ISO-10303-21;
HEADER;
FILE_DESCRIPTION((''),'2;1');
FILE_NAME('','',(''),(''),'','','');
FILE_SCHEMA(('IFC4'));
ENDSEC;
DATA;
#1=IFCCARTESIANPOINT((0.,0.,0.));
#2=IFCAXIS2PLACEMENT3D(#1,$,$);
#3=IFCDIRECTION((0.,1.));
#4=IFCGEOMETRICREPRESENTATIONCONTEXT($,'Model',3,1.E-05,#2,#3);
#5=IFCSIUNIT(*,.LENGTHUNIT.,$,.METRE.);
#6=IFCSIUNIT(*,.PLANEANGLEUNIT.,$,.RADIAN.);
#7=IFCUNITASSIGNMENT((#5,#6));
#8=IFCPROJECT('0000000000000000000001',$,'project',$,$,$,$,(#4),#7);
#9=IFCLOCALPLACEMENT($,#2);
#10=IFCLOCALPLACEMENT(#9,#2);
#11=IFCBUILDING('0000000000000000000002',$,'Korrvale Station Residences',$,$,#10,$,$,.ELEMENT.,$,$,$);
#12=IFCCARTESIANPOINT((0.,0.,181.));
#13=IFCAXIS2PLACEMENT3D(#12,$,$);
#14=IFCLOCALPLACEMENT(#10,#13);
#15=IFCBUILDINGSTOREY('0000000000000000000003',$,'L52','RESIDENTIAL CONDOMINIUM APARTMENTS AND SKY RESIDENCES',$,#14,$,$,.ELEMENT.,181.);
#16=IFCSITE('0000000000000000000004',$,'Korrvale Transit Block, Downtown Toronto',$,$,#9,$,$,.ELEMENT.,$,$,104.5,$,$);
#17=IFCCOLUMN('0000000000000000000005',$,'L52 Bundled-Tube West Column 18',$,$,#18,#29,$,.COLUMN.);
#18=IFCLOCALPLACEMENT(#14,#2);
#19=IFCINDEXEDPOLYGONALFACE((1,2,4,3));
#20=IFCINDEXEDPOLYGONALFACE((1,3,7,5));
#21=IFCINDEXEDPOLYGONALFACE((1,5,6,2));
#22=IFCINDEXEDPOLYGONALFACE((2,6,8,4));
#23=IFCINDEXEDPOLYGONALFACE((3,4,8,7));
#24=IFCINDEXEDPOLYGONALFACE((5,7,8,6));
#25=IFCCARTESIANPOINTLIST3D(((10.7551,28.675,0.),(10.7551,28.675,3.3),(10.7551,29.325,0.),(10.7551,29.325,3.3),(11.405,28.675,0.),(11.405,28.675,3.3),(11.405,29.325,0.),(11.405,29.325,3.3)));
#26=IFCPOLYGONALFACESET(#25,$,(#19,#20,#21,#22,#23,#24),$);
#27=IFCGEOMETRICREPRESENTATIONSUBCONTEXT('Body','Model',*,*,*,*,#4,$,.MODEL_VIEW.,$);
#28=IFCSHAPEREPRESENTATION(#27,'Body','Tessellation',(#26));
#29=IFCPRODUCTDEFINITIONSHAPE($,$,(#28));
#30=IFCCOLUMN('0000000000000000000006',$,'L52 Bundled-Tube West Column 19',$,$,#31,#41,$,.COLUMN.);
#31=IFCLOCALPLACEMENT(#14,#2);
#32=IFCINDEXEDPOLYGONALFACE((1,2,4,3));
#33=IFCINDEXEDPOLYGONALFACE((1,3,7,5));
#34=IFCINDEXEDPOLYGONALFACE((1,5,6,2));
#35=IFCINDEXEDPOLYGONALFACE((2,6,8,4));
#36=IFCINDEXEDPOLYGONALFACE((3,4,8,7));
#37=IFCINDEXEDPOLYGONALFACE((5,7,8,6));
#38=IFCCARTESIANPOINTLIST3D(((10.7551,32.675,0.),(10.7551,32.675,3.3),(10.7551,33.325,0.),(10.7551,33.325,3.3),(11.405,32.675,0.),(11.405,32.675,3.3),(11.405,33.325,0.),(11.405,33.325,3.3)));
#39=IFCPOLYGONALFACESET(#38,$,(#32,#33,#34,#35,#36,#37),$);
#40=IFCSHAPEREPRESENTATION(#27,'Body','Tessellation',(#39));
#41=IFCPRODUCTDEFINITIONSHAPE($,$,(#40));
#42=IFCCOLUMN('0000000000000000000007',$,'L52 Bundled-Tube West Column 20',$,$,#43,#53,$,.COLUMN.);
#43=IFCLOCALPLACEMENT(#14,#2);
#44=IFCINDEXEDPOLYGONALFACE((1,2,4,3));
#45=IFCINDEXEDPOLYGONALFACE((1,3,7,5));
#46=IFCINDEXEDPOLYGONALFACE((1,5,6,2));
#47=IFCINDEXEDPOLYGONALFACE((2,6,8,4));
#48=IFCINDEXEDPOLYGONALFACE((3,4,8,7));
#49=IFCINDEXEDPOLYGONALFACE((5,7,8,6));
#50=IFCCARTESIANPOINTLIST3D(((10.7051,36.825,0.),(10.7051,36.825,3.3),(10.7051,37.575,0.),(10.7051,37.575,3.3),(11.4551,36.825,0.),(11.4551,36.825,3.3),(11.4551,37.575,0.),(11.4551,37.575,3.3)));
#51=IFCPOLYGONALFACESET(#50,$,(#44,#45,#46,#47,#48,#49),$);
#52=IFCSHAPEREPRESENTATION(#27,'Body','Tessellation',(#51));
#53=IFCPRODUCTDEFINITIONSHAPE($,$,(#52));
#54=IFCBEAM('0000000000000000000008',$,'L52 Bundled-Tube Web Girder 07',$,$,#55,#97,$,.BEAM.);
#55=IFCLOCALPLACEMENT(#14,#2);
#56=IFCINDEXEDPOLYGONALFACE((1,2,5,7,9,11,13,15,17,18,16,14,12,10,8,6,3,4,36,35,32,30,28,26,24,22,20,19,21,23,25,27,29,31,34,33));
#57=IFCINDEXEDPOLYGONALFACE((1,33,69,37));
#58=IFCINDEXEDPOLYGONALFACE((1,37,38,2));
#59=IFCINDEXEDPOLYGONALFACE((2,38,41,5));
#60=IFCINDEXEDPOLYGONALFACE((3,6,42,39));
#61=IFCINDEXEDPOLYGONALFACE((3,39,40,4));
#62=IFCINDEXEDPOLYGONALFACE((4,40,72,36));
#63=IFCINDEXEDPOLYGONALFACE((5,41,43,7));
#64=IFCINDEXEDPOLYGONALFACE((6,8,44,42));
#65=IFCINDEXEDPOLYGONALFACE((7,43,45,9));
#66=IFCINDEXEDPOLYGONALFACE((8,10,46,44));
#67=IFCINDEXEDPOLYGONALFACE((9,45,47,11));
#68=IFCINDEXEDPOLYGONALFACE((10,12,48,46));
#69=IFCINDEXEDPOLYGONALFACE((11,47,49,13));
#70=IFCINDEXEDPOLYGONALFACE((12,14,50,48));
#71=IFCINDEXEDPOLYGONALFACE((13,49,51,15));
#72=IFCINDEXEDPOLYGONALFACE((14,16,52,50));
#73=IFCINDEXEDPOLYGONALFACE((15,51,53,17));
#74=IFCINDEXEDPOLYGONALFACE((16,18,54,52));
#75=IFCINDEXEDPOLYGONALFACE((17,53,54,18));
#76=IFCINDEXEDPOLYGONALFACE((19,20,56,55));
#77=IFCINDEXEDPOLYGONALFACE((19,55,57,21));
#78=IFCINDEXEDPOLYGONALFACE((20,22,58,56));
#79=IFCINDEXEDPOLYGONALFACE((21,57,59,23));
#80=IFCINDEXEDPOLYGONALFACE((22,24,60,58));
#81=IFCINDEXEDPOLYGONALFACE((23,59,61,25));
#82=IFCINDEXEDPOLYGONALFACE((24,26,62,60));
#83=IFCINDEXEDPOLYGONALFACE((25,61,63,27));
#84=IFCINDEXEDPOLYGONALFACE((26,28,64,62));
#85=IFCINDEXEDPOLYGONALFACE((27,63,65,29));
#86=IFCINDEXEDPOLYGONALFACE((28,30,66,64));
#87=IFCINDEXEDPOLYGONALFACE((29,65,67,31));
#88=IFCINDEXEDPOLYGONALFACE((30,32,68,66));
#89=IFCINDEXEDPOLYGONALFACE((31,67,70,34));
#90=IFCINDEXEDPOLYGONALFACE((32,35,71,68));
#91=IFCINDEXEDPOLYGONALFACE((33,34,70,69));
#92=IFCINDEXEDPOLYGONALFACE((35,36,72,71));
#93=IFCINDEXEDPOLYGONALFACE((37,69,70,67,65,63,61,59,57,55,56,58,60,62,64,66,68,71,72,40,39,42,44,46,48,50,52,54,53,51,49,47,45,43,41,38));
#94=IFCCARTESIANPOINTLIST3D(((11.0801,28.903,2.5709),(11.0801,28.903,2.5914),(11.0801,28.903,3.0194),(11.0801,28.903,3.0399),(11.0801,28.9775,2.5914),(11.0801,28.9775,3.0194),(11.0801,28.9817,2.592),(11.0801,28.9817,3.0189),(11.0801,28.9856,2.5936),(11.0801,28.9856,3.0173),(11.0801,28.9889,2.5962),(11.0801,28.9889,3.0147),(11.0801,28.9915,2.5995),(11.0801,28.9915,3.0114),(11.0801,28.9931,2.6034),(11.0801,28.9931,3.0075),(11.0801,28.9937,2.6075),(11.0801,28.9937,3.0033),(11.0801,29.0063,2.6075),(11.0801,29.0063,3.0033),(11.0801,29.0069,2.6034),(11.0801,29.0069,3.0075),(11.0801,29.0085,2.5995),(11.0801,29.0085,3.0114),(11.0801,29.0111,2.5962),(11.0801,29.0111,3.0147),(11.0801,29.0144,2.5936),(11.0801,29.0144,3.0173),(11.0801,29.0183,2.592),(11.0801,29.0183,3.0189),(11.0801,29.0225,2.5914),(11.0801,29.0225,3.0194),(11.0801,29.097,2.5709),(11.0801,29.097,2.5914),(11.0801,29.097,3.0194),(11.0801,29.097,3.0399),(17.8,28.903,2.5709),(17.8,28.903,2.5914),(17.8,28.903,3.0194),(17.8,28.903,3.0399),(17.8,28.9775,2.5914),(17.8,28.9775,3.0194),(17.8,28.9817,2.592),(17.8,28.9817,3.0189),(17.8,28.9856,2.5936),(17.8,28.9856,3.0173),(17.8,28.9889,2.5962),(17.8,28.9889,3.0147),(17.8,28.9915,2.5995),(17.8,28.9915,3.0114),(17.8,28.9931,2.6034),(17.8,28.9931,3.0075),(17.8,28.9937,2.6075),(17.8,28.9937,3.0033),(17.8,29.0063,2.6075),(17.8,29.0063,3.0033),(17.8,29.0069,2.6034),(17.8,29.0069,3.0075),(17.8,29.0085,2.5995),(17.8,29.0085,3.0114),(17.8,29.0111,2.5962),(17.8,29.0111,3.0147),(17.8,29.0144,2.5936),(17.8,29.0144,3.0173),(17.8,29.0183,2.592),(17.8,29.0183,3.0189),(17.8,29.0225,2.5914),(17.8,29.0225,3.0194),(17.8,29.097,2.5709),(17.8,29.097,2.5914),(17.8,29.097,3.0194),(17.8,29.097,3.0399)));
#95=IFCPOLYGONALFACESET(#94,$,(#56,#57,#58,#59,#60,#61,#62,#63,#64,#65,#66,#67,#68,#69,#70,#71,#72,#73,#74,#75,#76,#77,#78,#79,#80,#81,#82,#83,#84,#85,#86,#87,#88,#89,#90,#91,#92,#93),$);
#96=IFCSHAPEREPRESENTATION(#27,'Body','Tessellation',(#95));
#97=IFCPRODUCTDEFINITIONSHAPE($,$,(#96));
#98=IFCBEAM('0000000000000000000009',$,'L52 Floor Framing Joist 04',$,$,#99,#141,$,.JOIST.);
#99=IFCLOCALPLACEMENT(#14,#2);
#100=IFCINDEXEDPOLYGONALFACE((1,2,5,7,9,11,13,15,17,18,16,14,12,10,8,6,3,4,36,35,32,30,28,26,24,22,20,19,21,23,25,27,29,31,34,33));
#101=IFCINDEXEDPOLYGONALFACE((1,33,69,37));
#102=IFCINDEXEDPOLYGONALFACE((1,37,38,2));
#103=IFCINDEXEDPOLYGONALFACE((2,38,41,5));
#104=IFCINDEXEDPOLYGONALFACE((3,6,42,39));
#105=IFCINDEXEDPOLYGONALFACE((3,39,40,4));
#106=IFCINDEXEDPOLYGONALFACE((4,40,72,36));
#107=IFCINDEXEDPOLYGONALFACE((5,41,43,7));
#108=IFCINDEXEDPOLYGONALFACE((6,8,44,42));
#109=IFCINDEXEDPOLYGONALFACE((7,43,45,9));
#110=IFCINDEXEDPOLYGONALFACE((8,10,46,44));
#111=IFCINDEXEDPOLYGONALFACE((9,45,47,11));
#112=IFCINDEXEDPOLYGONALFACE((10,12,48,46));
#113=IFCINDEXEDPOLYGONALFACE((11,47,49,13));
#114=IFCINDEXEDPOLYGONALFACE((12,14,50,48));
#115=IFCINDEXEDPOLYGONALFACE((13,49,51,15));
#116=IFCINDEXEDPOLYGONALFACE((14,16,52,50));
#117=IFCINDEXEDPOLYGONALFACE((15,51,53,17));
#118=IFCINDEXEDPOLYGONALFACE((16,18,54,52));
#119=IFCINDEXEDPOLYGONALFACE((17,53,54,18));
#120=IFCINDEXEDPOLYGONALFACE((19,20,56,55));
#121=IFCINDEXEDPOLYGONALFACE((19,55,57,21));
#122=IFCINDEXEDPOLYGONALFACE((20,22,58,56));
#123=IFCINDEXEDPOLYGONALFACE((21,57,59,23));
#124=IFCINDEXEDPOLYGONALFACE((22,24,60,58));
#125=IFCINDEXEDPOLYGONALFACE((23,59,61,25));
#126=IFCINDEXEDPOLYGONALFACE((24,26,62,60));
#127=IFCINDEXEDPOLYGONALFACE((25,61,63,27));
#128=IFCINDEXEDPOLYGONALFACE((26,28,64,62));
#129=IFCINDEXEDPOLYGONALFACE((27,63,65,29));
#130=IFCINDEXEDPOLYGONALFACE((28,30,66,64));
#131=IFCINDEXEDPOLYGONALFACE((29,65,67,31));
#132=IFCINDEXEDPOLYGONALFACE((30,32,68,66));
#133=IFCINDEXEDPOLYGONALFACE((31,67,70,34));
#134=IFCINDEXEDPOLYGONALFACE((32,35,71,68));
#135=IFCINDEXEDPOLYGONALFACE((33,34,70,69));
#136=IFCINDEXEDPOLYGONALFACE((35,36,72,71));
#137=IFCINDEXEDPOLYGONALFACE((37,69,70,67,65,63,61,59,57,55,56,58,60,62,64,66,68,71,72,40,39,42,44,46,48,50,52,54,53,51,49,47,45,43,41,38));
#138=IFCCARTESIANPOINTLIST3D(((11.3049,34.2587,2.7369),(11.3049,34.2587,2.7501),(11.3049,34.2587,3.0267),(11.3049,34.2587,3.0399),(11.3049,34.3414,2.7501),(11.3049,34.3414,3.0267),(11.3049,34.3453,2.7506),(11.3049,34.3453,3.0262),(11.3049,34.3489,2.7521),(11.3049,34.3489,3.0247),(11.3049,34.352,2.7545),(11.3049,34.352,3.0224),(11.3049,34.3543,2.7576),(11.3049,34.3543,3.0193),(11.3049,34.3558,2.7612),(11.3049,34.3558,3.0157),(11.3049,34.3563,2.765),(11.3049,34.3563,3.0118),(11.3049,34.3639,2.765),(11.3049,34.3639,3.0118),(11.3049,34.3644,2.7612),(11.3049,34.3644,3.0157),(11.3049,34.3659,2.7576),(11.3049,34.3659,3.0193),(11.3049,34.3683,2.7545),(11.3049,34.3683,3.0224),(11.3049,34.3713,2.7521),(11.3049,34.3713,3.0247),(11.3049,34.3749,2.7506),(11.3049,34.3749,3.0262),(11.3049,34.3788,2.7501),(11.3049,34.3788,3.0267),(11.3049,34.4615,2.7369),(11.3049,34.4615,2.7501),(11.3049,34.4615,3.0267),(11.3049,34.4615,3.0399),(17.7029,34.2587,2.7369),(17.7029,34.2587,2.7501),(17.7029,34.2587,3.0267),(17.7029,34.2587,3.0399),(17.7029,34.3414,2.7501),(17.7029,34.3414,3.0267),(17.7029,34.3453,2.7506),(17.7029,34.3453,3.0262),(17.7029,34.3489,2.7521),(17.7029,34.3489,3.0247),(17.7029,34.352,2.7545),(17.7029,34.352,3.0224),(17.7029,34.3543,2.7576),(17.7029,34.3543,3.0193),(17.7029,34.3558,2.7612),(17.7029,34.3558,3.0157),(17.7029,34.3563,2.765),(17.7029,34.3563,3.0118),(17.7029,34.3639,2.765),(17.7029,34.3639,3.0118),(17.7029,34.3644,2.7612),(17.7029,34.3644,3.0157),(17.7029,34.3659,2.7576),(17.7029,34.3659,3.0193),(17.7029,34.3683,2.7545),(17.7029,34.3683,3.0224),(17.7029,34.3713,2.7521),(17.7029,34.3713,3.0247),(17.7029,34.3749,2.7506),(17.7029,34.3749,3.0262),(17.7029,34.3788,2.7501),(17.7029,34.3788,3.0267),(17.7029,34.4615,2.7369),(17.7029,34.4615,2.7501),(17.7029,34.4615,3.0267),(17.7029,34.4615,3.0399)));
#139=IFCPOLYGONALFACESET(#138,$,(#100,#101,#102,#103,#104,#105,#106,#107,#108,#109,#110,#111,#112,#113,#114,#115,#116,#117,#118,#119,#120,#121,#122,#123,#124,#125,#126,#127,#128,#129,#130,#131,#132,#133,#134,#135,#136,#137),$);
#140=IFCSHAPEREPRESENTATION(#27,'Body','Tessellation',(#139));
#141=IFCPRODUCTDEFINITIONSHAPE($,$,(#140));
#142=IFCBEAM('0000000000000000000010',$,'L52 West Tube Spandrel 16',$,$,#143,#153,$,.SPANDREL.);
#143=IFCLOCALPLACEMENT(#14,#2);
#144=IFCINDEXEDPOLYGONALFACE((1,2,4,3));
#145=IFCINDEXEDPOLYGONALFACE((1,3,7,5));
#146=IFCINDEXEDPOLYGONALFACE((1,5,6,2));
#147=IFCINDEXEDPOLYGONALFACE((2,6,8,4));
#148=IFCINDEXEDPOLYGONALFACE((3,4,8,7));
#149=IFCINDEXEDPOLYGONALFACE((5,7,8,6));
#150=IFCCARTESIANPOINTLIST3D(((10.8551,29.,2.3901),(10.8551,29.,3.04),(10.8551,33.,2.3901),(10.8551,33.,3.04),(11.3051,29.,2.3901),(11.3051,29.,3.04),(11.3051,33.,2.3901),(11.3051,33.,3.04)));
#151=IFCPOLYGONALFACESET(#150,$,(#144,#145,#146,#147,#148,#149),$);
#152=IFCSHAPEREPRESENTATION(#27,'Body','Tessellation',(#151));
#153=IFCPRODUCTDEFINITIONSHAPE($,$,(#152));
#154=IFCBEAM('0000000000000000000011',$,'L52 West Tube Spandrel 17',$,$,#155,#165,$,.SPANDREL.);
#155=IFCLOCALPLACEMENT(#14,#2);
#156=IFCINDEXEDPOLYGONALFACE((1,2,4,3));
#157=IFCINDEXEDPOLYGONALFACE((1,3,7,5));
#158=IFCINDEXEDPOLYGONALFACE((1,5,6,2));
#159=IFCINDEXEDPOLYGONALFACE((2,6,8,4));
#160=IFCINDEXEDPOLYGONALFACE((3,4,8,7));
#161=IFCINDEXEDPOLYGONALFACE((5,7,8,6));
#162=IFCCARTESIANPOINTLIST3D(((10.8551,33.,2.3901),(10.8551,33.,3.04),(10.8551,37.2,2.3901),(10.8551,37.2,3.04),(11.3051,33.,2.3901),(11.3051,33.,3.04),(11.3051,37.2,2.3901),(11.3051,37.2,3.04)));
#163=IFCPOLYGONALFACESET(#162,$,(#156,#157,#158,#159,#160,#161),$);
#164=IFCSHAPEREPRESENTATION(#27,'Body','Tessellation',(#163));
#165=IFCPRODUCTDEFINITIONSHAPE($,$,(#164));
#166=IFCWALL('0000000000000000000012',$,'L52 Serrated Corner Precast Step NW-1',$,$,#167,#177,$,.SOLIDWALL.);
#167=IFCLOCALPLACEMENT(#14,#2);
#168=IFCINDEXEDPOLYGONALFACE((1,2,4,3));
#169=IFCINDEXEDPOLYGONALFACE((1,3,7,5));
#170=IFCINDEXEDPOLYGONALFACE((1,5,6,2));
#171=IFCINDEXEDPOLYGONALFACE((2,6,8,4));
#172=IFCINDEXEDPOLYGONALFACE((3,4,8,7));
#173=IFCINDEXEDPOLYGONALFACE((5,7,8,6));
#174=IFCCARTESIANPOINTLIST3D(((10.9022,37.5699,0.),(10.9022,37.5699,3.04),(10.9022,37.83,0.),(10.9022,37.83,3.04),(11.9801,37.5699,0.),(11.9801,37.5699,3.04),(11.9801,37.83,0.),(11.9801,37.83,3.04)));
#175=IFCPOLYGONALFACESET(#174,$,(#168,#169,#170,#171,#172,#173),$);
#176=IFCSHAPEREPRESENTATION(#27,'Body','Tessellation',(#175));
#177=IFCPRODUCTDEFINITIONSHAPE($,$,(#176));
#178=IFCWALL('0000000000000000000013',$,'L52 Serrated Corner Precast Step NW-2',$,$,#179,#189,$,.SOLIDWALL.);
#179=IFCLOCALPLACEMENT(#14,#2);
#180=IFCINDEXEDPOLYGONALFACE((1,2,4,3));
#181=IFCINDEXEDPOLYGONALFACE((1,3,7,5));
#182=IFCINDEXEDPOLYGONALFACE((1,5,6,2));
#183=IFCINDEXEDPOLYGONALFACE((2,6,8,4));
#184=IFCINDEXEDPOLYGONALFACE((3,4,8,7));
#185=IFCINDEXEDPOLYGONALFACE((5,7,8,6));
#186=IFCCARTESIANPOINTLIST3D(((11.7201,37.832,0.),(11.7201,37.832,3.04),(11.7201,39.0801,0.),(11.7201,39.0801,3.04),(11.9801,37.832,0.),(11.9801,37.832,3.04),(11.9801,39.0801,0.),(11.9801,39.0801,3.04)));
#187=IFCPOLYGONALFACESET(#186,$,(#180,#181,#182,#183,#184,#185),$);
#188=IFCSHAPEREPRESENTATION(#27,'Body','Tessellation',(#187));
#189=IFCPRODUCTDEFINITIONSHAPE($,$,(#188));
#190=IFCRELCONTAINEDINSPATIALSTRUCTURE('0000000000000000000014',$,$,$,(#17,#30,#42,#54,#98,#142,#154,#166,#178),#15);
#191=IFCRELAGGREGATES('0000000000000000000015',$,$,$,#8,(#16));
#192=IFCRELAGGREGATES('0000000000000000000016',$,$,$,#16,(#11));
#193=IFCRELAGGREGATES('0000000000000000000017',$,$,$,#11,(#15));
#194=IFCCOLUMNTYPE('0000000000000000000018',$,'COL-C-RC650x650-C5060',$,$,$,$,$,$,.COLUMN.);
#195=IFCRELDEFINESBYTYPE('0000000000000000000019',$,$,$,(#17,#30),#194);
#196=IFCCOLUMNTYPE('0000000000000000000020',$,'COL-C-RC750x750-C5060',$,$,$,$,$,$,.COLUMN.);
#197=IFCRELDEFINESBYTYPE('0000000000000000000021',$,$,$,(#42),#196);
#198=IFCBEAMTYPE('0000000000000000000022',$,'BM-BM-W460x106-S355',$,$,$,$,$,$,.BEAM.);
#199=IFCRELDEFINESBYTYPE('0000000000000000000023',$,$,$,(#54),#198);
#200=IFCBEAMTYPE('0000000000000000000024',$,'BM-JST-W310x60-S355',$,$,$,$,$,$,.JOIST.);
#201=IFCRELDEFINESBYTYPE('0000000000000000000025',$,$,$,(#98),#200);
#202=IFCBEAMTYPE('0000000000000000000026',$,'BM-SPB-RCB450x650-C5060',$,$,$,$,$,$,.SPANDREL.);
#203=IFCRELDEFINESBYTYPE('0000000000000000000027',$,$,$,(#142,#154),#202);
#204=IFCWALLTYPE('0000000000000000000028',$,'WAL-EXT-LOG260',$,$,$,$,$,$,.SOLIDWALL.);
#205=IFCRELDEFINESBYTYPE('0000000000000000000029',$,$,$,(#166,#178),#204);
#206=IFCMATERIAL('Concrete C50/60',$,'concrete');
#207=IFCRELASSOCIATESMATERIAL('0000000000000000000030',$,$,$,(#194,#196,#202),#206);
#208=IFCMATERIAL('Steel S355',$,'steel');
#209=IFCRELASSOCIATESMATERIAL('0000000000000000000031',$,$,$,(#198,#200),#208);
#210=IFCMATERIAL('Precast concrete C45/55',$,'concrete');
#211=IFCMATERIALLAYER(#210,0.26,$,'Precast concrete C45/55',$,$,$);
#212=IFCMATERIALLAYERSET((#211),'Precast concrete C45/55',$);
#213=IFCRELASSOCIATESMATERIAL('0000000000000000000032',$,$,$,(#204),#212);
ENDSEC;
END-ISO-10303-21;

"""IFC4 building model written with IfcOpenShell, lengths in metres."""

from ifc_helpers import new_model, si_unit, direction, frame, frame_2d, origin, origin_2d, place, context, subcontext, project, spatial, rectangle, i_section, extrude, material, layer, layer_set, material_profile, profile_set, type_object, element, save


model = new_model("IFC4")

# Units and contexts
model_context = context("Model", 3, precision=1e-05, world=origin(), true_north=direction((0.0, 1.0)))
body_context = subcontext(model_context, "Body", "Model", "MODEL_VIEW")
ifc_project = project(units=[si_unit("LENGTHUNIT", "METRE"), si_unit("PLANEANGLEUNIT", "RADIAN")], contexts=[model_context])

# Site, building, storey
site_placement = place(None, origin())
site = spatial("IfcSite", under=ifc_project, at=site_placement, Name="Korrvale Transit Block, Downtown Toronto", CompositionType="ELEMENT", RefElevation=104.5)
building_placement = place(site_placement, origin())
building = spatial("IfcBuilding", under=site, at=building_placement, Name="Korrvale Station Residences", CompositionType="ELEMENT")
storey_placement = place(building_placement, frame((0.0, 0.0, 181.0)))
storey = spatial("IfcBuildingStorey", under=building, at=storey_placement, Name="L52", Description="RESIDENTIAL CONDOMINIUM APARTMENTS AND SKY RESIDENCES", CompositionType="ELEMENT", Elevation=181.0)

# Columns
ifc_material_1 = material(Name="Concrete C50/60", Category="concrete")
ifc_material_profile_1 = material_profile(ifc_material_1, rectangle(XDim=0.6499, YDim=0.6499, at=origin_2d()), Name="RC650x650")
ifc_profile_set_1 = profile_set([ifc_material_profile_1], Name="Concrete C50/60")
column_type_1 = type_object("IfcColumnType", Name="COL-C-RC650x650-C5060", PredefinedType="COLUMN", material=ifc_profile_set_1)
for number, where, z_axis, x_axis, name in (
    (1, (11.0801, 29.0, 0.0), (0.0, 0.0, 1.0), (1.0, 0.0, 0.0), "L52 Bundled-Tube West Column 18"),
    (2, (11.0801, 33.0, 0.0), (0.0, 0.0, 1.0), (1.0, 0.0, 0.0), "L52 Bundled-Tube West Column 19"),
):
    element("IfcColumn", number, at=place(storey_placement, frame(where, z_axis=z_axis, x_axis=x_axis)), inside=storey, type_object=column_type_1, Name=name, PredefinedType="COLUMN", context=body_context, shape_type="SweptSolid", body=[
        extrude(rectangle(XDim=0.6499, YDim=0.6499, at=origin_2d()), origin(), (0.0, 0.0, 1.0), 3.3),
    ])
ifc_material_profile_2 = material_profile(ifc_material_1, rectangle(XDim=0.75, YDim=0.75, at=origin_2d()), Name="RC750x750")
ifc_profile_set_2 = profile_set([ifc_material_profile_2], Name="Concrete C50/60")
column_type_2 = type_object("IfcColumnType", Name="COL-C-RC750x750-C5060", PredefinedType="COLUMN", material=ifc_profile_set_2)
column_placement = place(storey_placement, frame((11.0801, 37.2, 0.0), z_axis=(0.0, 0.0, 1.0), x_axis=(1.0, 0.0, 0.0)))
element("IfcColumn", 3, at=column_placement, inside=storey, type_object=column_type_2, Name="L52 Bundled-Tube West Column 20", PredefinedType="COLUMN", context=body_context, shape_type="SweptSolid", body=[
    extrude(rectangle(XDim=0.75, YDim=0.75, at=origin_2d()), origin(), (0.0, 0.0, 1.0), 3.3),
])

# Beams
ifc_material_2 = material(Name="Steel S355", Category="steel")
ifc_material_profile_3 = material_profile(ifc_material_2, i_section(OverallWidth=0.1941, OverallDepth=0.469, WebThickness=0.0127, FlangeThickness=0.0205, FilletRadius=0.0161, at=origin_2d()), Name="W460x106")
ifc_profile_set_3 = profile_set([ifc_material_profile_3], Name="Steel S355")
beam_type_1 = type_object("IfcBeamType", Name="BM-BM-W460x106-S355", PredefinedType="BEAM", material=ifc_profile_set_3)
beam_1_placement = place(storey_placement, frame((11.0801, 29.0, 2.8054), z_axis=(1.0, 0.0, 0.0), x_axis=(0.0, 1.0, 0.0)))
element("IfcBeam", 4, at=beam_1_placement, inside=storey, type_object=beam_type_1, Name="L52 Bundled-Tube Web Girder 07", PredefinedType="BEAM", context=body_context, shape_type="SweptSolid", body=[
    extrude(i_section(OverallWidth=0.1941, OverallDepth=0.469, WebThickness=0.0127, FlangeThickness=0.0205, FilletRadius=0.0161, at=origin_2d()), origin(), (0.0, 0.0, 1.0), 6.72),
])
ifc_material_profile_4 = material_profile(ifc_material_2, i_section(OverallWidth=0.2029, OverallDepth=0.303, WebThickness=0.0076, FlangeThickness=0.0132, FilletRadius=0.0149, at=origin_2d()), Name="W310x60")
ifc_profile_set_4 = profile_set([ifc_material_profile_4], Name="Steel S355")
beam_type_2 = type_object("IfcBeamType", Name="BM-JST-W310x60-S355", PredefinedType="JOIST", material=ifc_profile_set_4)
beam_2_placement = place(storey_placement, frame((11.3049, 34.3601, 2.8884), z_axis=(1.0, 0.0, 0.0), x_axis=(0.0, 1.0, 0.0)))
element("IfcBeam", 5, at=beam_2_placement, inside=storey, type_object=beam_type_2, Name="L52 Floor Framing Joist 04", PredefinedType="JOIST", context=body_context, shape_type="SweptSolid", body=[
    extrude(i_section(OverallWidth=0.2029, OverallDepth=0.303, WebThickness=0.0076, FlangeThickness=0.0132, FilletRadius=0.0149, at=origin_2d()), origin(), (0.0, 0.0, 1.0), 6.3979),
])
ifc_material_profile_5 = material_profile(ifc_material_1, rectangle(XDim=0.45, YDim=0.6499, at=origin_2d()), Name="RCB450x650")
ifc_profile_set_5 = profile_set([ifc_material_profile_5], Name="Concrete C50/60")
beam_type_3 = type_object("IfcBeamType", Name="BM-SPB-RCB450x650-C5060", PredefinedType="SPANDREL", material=ifc_profile_set_5)
beam_3_placement = place(storey_placement, frame((11.0801, 29.0, 2.7151), z_axis=(0.0, 1.0, 0.0), x_axis=(-1.0, 0.0, 0.0)))
element("IfcBeam", 6, at=beam_3_placement, inside=storey, type_object=beam_type_3, Name="L52 West Tube Spandrel 16", PredefinedType="SPANDREL", context=body_context, shape_type="SweptSolid", body=[
    extrude(rectangle(XDim=0.45, YDim=0.6499, at=origin_2d()), origin(), (0.0, 0.0, 1.0), 4.0),
])
beam_4_placement = place(storey_placement, frame((11.0801, 33.0, 2.7151), z_axis=(0.0, 1.0, 0.0), x_axis=(-1.0, 0.0, 0.0)))
element("IfcBeam", 7, at=beam_4_placement, inside=storey, type_object=beam_type_3, Name="L52 West Tube Spandrel 17", PredefinedType="SPANDREL", context=body_context, shape_type="SweptSolid", body=[
    extrude(rectangle(XDim=0.45, YDim=0.6499, at=origin_2d()), origin(), (0.0, 0.0, 1.0), 4.2),
])

# Walls
ifc_material_3 = material(Name="Precast concrete C45/55", Category="concrete")
ifc_layer_1 = layer(ifc_material_3, 0.26, Name="Precast concrete C45/55")
ifc_layer_set_1 = layer_set([ifc_layer_1], Name="Precast concrete C45/55")
wall_type_1 = type_object("IfcWallType", Name="WAL-EXT-LOG260", PredefinedType="SOLIDWALL", material=ifc_layer_set_1)
wall_1_placement = place(storey_placement, frame((10.9021, 37.7, 0.0), z_axis=(0.0, 0.0, 1.0), x_axis=(1.0, 0.0, 0.0)))
element("IfcWall", 8, at=wall_1_placement, inside=storey, type_object=wall_type_1, Name="L52 Serrated Corner Precast Step NW-1", PredefinedType="SOLIDWALL", context=body_context, shape_type="SweptSolid", body=[
    extrude(rectangle(XDim=1.0779, YDim=0.26, at=frame_2d((0.5391, 0.0))), origin(), (0.0, 0.0, 1.0), 3.04),
])
wall_2_placement = place(storey_placement, frame((11.8501, 37.832, 0.0), z_axis=(0.0, 0.0, 1.0), x_axis=(0.0, 1.0, 0.0)))
element("IfcWall", 9, at=wall_2_placement, inside=storey, type_object=wall_type_1, Name="L52 Serrated Corner Precast Step NW-2", PredefinedType="SOLIDWALL", context=body_context, shape_type="SweptSolid", body=[
    extrude(rectangle(XDim=1.248, YDim=0.26, at=frame_2d((0.624, 0.0))), origin(), (0.0, 0.0, 1.0), 3.04),
])

save(model, "model.ifc")
